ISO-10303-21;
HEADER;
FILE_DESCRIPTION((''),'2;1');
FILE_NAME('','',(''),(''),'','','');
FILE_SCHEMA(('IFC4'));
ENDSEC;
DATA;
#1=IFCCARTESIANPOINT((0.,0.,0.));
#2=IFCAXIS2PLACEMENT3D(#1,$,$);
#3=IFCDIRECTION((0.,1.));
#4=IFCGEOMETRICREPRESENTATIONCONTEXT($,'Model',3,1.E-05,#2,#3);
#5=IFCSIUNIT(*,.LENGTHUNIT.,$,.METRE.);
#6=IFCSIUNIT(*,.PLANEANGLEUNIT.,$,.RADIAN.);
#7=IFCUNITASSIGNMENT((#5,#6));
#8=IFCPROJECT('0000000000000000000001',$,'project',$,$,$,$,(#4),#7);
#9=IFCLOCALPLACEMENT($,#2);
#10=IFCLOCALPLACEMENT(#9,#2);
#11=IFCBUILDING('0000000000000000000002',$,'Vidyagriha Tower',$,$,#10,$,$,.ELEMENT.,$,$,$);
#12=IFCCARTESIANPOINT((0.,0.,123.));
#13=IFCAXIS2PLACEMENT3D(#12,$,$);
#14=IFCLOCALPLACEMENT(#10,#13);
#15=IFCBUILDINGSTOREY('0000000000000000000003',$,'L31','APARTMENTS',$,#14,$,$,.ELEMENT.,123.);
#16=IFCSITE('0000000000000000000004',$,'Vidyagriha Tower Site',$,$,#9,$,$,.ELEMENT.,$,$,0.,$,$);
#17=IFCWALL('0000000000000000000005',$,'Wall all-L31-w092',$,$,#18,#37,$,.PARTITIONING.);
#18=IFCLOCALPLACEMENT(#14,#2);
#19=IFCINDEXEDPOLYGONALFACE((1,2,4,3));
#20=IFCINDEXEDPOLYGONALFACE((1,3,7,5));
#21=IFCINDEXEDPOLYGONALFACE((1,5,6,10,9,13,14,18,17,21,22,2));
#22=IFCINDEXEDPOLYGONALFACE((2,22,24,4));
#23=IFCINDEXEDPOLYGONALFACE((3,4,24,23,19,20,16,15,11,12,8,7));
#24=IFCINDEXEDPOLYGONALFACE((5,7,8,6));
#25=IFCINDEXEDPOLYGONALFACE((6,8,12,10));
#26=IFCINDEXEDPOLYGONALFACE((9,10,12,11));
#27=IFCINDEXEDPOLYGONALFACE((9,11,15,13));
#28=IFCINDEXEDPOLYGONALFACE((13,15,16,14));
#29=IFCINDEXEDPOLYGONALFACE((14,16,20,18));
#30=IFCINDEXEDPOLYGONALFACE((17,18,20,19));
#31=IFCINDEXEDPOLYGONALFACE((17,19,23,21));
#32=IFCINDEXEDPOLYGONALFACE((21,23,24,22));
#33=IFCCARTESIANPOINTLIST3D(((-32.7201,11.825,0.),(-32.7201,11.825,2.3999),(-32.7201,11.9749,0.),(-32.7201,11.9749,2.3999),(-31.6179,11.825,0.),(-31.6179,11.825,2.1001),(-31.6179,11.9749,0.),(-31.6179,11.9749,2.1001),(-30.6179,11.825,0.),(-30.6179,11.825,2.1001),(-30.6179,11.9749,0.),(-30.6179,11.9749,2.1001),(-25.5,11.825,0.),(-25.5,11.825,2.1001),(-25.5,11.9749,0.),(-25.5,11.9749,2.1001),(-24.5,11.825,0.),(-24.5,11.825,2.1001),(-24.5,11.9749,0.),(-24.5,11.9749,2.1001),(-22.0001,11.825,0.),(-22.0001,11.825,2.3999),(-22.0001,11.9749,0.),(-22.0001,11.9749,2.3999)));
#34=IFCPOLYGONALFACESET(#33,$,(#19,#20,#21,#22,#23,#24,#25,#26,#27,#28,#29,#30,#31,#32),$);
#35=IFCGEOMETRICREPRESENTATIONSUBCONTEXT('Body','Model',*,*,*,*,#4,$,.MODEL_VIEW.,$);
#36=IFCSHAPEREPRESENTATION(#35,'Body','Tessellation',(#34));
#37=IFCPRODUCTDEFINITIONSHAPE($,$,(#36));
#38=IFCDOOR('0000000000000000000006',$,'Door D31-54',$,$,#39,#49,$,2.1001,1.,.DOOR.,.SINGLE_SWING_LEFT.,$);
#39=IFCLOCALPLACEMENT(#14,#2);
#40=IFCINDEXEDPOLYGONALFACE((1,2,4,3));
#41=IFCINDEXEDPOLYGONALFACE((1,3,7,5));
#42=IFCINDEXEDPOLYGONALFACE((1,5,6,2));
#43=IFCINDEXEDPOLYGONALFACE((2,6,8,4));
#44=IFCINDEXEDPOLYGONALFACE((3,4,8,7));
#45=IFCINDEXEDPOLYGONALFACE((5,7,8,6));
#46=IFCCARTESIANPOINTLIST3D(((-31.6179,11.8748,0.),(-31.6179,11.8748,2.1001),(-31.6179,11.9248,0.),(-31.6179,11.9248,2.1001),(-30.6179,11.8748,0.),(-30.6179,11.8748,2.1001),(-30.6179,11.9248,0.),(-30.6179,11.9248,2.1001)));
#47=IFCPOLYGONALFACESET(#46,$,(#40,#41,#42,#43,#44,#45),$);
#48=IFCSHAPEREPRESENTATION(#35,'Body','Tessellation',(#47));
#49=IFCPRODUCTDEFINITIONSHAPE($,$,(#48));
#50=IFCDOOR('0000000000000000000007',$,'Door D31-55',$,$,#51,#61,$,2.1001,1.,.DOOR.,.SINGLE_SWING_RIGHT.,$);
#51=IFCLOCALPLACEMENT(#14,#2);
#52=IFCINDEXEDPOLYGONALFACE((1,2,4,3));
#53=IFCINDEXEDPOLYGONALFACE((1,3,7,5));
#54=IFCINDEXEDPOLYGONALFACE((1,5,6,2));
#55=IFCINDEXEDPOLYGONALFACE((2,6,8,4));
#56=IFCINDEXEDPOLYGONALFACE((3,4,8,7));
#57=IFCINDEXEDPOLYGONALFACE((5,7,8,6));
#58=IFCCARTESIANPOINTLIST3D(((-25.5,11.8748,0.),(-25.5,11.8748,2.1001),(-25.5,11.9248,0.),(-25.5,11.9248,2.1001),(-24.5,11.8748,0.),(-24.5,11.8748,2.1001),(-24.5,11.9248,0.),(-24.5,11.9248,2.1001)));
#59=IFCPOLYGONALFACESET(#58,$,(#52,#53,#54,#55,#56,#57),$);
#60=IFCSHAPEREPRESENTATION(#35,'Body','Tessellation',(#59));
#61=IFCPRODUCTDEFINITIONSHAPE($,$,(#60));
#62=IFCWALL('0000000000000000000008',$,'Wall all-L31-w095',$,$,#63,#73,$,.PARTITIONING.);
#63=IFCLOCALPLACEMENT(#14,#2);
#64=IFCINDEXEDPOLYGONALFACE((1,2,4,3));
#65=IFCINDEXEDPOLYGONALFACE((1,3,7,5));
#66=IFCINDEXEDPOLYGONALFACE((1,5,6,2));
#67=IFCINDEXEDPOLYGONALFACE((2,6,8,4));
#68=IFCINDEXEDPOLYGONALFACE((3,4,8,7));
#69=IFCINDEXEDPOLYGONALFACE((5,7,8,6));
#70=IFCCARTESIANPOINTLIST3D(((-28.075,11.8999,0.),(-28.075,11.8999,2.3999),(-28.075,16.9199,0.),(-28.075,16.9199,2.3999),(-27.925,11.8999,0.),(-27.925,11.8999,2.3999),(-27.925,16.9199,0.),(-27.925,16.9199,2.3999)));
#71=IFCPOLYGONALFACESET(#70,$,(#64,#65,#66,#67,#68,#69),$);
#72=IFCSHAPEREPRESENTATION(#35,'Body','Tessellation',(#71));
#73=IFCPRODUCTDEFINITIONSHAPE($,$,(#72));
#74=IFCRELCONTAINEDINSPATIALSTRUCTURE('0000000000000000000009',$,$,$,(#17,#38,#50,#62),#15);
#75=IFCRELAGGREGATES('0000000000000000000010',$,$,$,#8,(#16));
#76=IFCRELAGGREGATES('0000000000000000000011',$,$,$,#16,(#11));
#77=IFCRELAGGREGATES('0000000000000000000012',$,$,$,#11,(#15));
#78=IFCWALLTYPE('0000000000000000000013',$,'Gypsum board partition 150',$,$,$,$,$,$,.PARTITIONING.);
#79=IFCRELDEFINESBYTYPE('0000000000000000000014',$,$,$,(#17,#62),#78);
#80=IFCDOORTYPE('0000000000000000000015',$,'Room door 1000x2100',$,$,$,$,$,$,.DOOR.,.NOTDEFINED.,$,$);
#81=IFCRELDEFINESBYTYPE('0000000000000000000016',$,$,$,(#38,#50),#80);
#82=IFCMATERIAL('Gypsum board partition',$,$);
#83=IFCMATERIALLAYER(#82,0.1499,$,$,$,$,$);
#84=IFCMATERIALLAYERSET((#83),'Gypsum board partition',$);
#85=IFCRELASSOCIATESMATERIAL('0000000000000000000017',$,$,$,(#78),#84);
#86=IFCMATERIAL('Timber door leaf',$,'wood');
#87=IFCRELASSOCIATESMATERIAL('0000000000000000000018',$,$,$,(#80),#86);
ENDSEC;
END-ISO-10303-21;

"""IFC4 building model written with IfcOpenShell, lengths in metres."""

from ifc_helpers import new_model, si_unit, direction, frame, frame_2d, origin, place, context, subcontext, project, spatial, rectangle, extrude, material, layer, layer_set, type_object, element, fill, save


model = new_model("IFC4")

# Units and contexts
model_context = context("Model", 3, precision=1e-05, world=origin(), true_north=direction((0.0, 1.0)))
body_context = subcontext(model_context, "Body", "Model", "MODEL_VIEW")
ifc_project = project(units=[si_unit("LENGTHUNIT", "METRE"), si_unit("PLANEANGLEUNIT", "RADIAN")], contexts=[model_context])

# Site, building, storey
site_placement = place(None, origin())
site = spatial("IfcSite", under=ifc_project, at=site_placement, Name="Vidyagriha Tower Site", CompositionType="ELEMENT", RefElevation=0.0)
building_placement = place(site_placement, origin())
building = spatial("IfcBuilding", under=site, at=building_placement, Name="Vidyagriha Tower", CompositionType="ELEMENT")
storey_placement = place(building_placement, frame((0.0, 0.0, 123.0)))
storey = spatial("IfcBuildingStorey", under=building, at=storey_placement, Name="L31", Description="APARTMENTS", CompositionType="ELEMENT", Elevation=123.0)

# Wall, openings, doors
ifc_material_1 = material(Name="Gypsum board partition")
ifc_layer_1 = layer(ifc_material_1, 0.1499)
ifc_layer_set_1 = layer_set([ifc_layer_1], Name="Gypsum board partition")
wall_type_1 = type_object("IfcWallType", Name="Gypsum board partition 150", PredefinedType="PARTITIONING", material=ifc_layer_set_1)
wall_1_placement = place(storey_placement, frame((-32.72, 11.8999, 0.0)))
wall_1 = element("IfcWall", 1, at=wall_1_placement, inside=storey, type_object=wall_type_1, Name="Wall all-L31-w092", PredefinedType="PARTITIONING", context=body_context, shape_type="SweptSolid", body=[
    extrude(rectangle(XDim=10.72, YDim=0.1499, at=frame_2d((5.3599, 0.0))), origin(), (0.0, 0.0, 1.0), 2.3999),
])
opening_1_placement = place(wall_1_placement, frame((1.1021, 0.0, 0.0)))
opening_1 = element("IfcOpeningElement", 2, at=opening_1_placement, cuts=wall_1, PredefinedType="OPENING", context=body_context, shape_type="SweptSolid", body=[
    extrude(rectangle(XDim=1.0, YDim=2.1001, at=frame_2d((0.5, 1.05))), frame((0.0, 0.085, 0.0), z_axis=(0.0, -1.0, 0.0), x_axis=(1.0, 0.0, 0.0)), (0.0, 0.0, 1.0), 0.1699),
])
opening_2_placement = place(wall_1_placement, frame((7.22, 0.0, 0.0)))
opening_2 = element("IfcOpeningElement", 3, at=opening_2_placement, cuts=wall_1, PredefinedType="OPENING", context=body_context, shape_type="SweptSolid", body=[
    extrude(rectangle(XDim=1.0, YDim=2.1001, at=frame_2d((0.5, 1.05))), frame((0.0, 0.085, 0.0), z_axis=(0.0, -1.0, 0.0), x_axis=(1.0, 0.0, 0.0)), (0.0, 0.0, 1.0), 0.1699),
])
ifc_material_2 = material(Name="Timber door leaf", Category="wood")
door_type = type_object("IfcDoorType", Name="Room door 1000x2100", OperationType="NOTDEFINED", PredefinedType="DOOR", material=ifc_material_2)
door_1_placement = place(opening_1_placement, origin())
door_1 = element("IfcDoor", 4, at=door_1_placement, inside=storey, type_object=door_type, Name="Door D31-54", OperationType="SINGLE_SWING_LEFT", OverallHeight=2.1001, OverallWidth=1.0, PredefinedType="DOOR", context=body_context, shape_type="SweptSolid", body=[
    extrude(rectangle(XDim=1.0, YDim=2.1001, at=frame_2d((0.5, 1.05))), frame((0.0, 0.0249, 0.0), z_axis=(0.0, -1.0, 0.0), x_axis=(1.0, 0.0, 0.0)), (0.0, 0.0, 1.0), 0.05),
])
fill(opening_1, door_1)
door_2_placement = place(opening_2_placement, origin())
door_2 = element("IfcDoor", 5, at=door_2_placement, inside=storey, type_object=door_type, Name="Door D31-55", OperationType="SINGLE_SWING_RIGHT", OverallHeight=2.1001, OverallWidth=1.0, PredefinedType="DOOR", context=body_context, shape_type="SweptSolid", body=[
    extrude(rectangle(XDim=1.0, YDim=2.1001, at=frame_2d((0.5, 1.05))), frame((0.0, 0.0249, 0.0), z_axis=(0.0, -1.0, 0.0), x_axis=(1.0, 0.0, 0.0)), (0.0, 0.0, 1.0), 0.05),
])
fill(opening_2, door_2)

# Wall
wall_2_placement = place(storey_placement, frame((-28.0, 16.9199, 0.0), z_axis=(0.0, 0.0, 1.0), x_axis=(0.0, -1.0, 0.0)))
element("IfcWall", 6, at=wall_2_placement, inside=storey, type_object=wall_type_1, Name="Wall all-L31-w095", PredefinedType="PARTITIONING", context=body_context, shape_type="SweptSolid", body=[
    extrude(rectangle(XDim=5.02, YDim=0.1499, at=frame_2d((2.51, 0.0))), origin(), (0.0, 0.0, 1.0), 2.3999),
])

save(model, "model.ifc")
